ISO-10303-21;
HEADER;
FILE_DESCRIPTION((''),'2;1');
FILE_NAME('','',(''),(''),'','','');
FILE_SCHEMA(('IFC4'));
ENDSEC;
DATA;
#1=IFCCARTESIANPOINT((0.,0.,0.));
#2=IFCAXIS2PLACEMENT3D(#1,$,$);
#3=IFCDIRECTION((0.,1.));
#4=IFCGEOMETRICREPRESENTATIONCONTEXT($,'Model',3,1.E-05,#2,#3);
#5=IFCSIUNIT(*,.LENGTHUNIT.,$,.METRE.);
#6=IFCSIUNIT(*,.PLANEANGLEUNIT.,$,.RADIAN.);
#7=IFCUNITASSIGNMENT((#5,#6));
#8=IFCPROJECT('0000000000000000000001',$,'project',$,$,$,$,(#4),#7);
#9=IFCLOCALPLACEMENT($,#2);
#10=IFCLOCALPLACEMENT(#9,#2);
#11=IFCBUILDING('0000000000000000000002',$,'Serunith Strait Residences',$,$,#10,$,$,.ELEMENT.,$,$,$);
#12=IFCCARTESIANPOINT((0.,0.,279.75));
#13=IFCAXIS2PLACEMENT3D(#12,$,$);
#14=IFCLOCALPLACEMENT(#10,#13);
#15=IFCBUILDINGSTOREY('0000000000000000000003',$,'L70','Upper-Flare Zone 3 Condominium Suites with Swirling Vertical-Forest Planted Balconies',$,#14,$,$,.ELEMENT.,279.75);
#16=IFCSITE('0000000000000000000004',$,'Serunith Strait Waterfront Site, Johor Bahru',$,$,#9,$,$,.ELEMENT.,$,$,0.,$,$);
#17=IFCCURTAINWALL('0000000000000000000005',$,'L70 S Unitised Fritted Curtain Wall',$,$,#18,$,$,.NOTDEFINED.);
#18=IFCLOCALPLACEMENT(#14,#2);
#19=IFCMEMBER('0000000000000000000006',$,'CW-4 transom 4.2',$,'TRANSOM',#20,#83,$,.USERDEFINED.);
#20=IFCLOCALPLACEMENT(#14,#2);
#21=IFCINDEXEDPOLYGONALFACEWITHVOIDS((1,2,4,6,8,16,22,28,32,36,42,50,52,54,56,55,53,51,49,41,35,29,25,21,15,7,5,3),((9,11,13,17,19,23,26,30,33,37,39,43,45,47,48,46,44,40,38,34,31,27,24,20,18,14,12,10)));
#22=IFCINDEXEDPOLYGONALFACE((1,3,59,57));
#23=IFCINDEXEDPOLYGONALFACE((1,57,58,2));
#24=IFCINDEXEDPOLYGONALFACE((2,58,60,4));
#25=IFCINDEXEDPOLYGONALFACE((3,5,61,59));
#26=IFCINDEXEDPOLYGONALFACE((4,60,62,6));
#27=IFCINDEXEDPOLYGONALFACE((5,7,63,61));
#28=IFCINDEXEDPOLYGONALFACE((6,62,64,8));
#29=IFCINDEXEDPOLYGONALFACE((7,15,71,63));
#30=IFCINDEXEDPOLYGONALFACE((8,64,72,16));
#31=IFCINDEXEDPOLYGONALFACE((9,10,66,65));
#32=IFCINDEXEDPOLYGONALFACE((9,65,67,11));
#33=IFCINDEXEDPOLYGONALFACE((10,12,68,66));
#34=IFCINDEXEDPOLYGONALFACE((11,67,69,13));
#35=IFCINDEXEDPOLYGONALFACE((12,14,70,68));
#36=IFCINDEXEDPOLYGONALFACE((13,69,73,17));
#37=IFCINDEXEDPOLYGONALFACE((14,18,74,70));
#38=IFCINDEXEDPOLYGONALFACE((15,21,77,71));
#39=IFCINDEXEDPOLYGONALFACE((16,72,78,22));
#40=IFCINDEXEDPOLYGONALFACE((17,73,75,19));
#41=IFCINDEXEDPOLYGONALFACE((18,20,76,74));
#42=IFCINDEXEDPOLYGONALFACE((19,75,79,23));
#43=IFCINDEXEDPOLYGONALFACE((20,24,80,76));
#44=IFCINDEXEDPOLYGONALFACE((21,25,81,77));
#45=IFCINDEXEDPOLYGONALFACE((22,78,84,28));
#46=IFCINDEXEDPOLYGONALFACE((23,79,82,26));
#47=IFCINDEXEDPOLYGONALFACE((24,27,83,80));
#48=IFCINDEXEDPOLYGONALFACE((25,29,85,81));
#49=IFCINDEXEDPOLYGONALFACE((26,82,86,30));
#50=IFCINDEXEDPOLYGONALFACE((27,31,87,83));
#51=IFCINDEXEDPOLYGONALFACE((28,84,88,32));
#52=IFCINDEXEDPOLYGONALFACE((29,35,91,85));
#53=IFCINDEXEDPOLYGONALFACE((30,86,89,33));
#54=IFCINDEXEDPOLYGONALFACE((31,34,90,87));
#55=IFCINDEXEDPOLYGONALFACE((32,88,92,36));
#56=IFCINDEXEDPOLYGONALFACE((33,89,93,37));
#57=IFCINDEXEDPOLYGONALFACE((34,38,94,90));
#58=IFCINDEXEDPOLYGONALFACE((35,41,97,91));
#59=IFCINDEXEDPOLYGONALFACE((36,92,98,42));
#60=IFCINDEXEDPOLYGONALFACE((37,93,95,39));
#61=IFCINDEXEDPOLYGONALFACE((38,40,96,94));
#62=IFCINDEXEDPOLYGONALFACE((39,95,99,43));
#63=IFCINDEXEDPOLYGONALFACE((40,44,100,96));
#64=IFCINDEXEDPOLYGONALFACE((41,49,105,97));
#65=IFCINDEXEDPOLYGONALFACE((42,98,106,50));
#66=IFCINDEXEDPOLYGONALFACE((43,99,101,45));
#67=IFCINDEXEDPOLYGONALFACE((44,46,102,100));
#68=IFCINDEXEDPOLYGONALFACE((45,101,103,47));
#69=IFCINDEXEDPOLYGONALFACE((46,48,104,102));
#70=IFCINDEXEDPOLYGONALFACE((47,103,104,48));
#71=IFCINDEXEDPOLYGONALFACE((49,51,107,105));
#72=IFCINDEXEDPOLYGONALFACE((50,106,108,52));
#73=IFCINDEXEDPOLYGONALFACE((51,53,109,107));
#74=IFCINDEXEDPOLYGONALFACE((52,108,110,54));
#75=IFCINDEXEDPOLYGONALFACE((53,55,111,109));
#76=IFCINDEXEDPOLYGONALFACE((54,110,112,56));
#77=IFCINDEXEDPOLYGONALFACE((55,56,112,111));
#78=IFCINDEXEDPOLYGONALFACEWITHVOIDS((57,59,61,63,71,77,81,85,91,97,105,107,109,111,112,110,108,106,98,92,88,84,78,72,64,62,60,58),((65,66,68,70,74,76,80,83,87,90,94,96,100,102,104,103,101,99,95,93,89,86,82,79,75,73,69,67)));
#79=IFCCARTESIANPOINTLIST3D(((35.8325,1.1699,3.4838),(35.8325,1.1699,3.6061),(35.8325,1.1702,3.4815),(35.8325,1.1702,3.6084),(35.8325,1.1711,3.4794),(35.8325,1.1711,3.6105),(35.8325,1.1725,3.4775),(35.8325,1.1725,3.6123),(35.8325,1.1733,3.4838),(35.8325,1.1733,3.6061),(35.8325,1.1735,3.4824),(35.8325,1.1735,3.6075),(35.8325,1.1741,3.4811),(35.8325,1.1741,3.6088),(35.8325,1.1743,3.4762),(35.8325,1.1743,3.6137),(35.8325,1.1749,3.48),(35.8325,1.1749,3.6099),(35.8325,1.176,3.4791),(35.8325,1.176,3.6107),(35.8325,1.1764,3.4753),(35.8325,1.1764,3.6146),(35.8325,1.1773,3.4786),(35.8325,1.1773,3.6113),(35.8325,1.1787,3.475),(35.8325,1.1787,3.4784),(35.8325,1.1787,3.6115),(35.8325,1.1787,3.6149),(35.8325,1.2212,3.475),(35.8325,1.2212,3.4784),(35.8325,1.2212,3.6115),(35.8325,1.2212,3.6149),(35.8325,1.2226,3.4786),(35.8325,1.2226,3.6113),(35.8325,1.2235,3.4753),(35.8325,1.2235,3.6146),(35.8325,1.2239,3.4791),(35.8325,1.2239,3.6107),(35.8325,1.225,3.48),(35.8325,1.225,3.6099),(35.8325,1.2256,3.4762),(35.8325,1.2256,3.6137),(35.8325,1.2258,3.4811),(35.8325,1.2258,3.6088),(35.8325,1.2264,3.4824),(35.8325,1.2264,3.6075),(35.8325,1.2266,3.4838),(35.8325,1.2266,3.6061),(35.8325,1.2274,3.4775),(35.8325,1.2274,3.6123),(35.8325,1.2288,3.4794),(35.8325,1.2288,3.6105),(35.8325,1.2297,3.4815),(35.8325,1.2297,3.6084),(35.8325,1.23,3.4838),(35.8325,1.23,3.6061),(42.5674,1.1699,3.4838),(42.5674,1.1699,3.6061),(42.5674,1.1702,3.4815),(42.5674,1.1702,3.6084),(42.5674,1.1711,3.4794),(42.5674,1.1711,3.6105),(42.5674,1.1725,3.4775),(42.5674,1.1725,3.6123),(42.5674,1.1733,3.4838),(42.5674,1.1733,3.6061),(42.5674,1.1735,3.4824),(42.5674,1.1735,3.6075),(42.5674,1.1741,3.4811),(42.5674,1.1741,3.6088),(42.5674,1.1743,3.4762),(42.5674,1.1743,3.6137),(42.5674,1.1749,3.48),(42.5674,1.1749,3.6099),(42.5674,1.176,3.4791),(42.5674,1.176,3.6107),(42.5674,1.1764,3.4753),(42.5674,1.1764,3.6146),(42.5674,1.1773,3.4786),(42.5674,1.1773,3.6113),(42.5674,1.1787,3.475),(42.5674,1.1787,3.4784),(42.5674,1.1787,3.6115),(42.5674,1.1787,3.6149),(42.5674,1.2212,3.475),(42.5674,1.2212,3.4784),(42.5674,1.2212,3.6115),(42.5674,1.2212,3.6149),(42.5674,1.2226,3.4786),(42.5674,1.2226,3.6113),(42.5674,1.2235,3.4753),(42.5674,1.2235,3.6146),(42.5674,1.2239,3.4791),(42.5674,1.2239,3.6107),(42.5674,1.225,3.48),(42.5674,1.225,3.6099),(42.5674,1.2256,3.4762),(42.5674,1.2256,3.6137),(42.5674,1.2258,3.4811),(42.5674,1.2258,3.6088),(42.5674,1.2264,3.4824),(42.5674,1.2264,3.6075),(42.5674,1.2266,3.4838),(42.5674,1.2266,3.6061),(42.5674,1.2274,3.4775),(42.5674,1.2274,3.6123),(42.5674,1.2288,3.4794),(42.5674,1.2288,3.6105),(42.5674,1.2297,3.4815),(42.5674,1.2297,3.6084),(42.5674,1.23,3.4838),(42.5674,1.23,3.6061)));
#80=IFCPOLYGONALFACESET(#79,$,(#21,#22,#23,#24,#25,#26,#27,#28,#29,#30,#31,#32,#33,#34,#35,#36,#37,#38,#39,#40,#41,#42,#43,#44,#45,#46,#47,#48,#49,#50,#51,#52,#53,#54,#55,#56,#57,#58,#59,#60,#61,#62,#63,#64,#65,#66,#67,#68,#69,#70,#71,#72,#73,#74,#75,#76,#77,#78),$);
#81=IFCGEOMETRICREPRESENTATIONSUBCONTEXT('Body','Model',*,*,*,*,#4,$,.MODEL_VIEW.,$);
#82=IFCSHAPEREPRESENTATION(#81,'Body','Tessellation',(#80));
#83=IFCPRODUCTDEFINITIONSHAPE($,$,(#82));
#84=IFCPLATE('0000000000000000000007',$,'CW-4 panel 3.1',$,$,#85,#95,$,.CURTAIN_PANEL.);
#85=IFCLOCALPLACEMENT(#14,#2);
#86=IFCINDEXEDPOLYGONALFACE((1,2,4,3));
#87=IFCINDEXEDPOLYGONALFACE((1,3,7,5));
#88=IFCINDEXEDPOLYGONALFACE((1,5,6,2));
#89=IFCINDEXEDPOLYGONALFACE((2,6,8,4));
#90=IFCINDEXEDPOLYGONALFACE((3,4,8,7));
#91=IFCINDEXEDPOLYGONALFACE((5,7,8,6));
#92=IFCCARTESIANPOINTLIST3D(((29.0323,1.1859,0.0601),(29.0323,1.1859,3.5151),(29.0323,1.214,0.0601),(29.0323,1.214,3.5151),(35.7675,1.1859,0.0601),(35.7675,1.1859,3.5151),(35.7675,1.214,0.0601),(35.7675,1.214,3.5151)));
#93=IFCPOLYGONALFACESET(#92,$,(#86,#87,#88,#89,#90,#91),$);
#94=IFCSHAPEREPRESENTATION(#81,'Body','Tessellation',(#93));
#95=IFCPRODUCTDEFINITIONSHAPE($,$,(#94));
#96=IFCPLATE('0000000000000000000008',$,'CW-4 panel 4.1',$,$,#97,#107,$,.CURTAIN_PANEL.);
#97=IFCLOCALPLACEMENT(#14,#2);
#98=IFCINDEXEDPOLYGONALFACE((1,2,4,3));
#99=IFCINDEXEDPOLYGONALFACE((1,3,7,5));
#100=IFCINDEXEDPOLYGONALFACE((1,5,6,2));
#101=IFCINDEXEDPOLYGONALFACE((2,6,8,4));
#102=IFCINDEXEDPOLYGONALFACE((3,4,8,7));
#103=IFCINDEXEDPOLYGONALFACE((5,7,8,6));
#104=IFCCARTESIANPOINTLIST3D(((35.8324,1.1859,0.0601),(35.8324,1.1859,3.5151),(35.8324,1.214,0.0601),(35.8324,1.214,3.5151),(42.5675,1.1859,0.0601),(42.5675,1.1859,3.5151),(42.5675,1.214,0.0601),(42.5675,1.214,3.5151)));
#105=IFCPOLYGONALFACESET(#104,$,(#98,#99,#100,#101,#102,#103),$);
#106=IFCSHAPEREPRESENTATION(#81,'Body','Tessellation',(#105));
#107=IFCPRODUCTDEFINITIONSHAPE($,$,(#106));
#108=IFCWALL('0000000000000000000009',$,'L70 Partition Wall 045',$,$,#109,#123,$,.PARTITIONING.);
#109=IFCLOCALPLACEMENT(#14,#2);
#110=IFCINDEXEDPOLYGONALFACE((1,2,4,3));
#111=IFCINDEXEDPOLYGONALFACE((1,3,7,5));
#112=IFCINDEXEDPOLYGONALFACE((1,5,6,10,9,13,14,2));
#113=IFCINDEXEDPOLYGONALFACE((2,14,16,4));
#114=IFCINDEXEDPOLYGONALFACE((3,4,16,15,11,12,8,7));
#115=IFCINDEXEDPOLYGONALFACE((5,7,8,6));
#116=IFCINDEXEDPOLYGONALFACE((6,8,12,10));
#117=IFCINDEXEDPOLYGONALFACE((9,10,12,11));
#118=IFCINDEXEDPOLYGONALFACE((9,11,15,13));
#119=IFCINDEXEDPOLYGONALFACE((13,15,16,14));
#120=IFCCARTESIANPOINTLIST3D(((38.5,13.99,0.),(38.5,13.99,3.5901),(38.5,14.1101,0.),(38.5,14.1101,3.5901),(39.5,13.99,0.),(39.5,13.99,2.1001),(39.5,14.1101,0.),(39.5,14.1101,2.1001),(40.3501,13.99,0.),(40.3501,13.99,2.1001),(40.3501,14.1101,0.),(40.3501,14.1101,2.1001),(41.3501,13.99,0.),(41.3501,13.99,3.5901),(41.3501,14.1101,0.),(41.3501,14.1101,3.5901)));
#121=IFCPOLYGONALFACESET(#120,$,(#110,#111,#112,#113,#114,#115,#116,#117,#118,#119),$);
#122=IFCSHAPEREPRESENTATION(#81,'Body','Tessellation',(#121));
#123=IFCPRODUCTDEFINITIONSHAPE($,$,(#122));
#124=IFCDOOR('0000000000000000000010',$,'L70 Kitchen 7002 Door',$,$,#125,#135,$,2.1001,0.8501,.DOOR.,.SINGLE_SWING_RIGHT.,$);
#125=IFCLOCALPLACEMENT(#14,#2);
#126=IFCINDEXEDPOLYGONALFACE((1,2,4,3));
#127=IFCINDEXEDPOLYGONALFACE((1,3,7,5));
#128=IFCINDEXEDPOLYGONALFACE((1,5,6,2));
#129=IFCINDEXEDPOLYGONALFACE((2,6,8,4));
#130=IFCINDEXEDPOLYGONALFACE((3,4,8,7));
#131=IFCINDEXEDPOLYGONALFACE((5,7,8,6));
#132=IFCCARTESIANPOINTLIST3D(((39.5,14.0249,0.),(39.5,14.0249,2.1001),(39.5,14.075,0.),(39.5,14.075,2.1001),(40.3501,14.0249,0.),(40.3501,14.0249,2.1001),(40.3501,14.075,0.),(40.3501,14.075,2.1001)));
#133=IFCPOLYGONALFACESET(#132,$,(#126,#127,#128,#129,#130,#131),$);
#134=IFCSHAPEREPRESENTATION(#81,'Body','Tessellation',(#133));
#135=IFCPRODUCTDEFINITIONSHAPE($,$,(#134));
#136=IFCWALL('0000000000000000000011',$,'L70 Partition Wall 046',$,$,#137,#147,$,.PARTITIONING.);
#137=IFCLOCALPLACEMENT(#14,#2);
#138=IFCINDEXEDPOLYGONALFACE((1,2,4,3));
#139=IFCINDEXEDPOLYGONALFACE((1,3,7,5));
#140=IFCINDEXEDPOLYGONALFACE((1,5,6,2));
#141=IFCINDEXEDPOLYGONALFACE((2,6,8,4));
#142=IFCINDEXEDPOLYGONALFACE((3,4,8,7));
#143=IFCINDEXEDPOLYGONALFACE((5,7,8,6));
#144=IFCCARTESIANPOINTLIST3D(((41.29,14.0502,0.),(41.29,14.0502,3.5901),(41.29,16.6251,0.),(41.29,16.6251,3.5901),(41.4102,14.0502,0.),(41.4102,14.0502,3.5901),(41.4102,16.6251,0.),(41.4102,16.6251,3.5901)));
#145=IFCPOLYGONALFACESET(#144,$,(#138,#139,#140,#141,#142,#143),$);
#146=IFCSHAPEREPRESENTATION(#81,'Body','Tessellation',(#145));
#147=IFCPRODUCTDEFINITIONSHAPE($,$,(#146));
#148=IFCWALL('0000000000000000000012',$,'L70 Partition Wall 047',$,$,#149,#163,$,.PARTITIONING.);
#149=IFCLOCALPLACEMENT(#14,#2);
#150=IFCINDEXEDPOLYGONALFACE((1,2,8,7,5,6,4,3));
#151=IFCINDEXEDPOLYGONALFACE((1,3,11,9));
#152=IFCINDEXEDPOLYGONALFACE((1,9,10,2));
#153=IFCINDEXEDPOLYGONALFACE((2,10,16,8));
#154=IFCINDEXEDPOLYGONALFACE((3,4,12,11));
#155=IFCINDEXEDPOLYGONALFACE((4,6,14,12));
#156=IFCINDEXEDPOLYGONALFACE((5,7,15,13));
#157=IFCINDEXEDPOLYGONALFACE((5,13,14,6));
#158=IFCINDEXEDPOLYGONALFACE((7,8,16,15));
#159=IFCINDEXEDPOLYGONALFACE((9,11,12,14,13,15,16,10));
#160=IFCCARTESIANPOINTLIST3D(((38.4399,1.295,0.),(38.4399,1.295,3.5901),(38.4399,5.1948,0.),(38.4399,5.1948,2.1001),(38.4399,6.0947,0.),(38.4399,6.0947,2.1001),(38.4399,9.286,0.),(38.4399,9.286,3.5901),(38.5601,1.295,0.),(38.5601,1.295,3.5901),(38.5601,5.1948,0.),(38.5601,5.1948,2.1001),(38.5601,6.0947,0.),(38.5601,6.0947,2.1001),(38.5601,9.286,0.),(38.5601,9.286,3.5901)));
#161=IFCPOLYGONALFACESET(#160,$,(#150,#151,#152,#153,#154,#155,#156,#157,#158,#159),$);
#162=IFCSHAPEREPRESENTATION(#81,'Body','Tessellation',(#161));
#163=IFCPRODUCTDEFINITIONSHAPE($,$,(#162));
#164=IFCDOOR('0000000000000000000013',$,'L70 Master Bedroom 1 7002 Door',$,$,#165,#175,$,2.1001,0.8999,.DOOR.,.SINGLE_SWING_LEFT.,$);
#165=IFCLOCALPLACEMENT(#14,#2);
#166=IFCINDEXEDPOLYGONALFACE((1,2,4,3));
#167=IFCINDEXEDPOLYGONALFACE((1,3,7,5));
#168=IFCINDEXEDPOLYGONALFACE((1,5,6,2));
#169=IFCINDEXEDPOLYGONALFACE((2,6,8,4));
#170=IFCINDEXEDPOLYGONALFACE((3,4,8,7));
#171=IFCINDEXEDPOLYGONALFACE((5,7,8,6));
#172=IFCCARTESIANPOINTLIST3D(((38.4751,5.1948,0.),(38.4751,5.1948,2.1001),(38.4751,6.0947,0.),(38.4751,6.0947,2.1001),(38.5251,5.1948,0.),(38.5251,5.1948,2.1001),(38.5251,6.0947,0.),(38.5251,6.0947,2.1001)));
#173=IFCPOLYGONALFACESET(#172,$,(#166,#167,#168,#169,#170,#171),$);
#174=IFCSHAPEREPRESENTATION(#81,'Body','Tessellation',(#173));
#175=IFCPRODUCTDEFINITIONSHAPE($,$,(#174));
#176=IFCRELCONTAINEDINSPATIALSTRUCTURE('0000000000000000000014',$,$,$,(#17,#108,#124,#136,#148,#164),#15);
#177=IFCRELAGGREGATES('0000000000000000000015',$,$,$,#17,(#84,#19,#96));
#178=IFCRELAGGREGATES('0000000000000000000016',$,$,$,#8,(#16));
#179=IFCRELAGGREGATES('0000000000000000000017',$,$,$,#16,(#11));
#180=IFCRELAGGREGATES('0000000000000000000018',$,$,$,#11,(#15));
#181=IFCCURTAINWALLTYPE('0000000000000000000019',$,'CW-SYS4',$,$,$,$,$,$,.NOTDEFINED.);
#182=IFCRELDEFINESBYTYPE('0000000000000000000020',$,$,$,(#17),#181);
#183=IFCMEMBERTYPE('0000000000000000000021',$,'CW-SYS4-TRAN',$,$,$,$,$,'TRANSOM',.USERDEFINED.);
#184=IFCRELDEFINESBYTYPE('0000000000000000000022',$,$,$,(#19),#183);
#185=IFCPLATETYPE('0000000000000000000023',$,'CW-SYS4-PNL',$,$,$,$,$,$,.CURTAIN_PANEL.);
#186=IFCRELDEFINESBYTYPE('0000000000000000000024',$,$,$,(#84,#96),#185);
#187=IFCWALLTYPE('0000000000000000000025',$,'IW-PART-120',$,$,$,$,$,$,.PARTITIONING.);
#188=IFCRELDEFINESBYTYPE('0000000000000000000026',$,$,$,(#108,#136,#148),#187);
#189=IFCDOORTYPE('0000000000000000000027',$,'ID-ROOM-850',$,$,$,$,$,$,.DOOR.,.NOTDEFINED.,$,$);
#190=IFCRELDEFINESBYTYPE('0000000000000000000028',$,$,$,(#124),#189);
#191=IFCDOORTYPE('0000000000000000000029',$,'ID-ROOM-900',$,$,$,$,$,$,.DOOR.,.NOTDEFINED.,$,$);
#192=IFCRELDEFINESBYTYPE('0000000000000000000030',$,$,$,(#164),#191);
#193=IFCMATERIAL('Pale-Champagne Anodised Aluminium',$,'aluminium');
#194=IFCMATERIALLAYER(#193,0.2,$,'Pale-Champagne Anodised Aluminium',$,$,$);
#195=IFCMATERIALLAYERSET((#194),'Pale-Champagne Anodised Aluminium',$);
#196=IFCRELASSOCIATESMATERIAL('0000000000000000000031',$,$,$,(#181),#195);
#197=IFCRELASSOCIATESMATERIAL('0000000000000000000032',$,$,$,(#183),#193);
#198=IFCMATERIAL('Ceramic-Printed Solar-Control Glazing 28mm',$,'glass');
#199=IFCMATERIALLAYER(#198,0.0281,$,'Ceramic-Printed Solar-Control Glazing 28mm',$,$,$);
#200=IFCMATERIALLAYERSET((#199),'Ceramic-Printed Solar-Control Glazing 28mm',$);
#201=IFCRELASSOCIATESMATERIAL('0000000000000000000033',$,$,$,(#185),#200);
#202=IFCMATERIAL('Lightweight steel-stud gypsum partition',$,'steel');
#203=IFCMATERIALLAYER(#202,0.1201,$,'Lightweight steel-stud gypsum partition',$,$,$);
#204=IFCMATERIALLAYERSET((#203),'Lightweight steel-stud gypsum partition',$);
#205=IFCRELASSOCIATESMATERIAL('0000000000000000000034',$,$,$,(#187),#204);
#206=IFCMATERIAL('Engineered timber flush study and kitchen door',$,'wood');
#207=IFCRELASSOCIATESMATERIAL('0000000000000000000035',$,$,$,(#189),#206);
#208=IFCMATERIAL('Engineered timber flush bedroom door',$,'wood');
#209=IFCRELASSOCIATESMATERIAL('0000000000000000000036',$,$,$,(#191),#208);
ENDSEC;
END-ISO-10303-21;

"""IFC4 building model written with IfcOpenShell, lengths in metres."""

from ifc_helpers import new_model, si_unit, direction, frame, frame_2d, origin, origin_2d, place, context, subcontext, project, spatial, rectangle, hollow_rectangle, extrude, source, transform, mapped, material, layer, layer_set, material_profile, profile_set, type_object, element, fill, aggregate, save


model = new_model("IFC4")

# Units and contexts
model_context = context("Model", 3, precision=1e-05, world=origin(), true_north=direction((0.0, 1.0)))
body_context = subcontext(model_context, "Body", "Model", "MODEL_VIEW")
ifc_project = project(units=[si_unit("LENGTHUNIT", "METRE"), si_unit("PLANEANGLEUNIT", "RADIAN")], contexts=[model_context])

# Site, building, storey
site_placement = place(None, origin())
site = spatial("IfcSite", under=ifc_project, at=site_placement, Name="Serunith Strait Waterfront Site, Johor Bahru", CompositionType="ELEMENT", RefElevation=0.0)
building_placement = place(site_placement, origin())
building = spatial("IfcBuilding", under=site, at=building_placement, Name="Serunith Strait Residences", CompositionType="ELEMENT")
storey_placement = place(building_placement, frame((0.0, 0.0, 279.75)))
storey = spatial("IfcBuildingStorey", under=building, at=storey_placement, Name="L70", Description="Upper-Flare Zone 3 Condominium Suites with Swirling Vertical-Forest Planted Balconies", CompositionType="ELEMENT", Elevation=279.75)

# Curtain wall, member, plates
ifc_material_1 = material(Name="Pale-Champagne Anodised Aluminium", Category="aluminium")
ifc_layer_1 = layer(ifc_material_1, 0.2, Name="Pale-Champagne Anodised Aluminium")
ifc_layer_set_1 = layer_set([ifc_layer_1], Name="Pale-Champagne Anodised Aluminium")
curtain_wall_type = type_object("IfcCurtainWallType", Name="CW-SYS4", PredefinedType="NOTDEFINED", material=ifc_layer_set_1)
curtain_wall_placement = place(storey_placement, origin())
curtain_wall = element("IfcCurtainWall", 1, at=curtain_wall_placement, inside=storey, type_object=curtain_wall_type, Name="L70 S Unitised Fritted Curtain Wall", PredefinedType="NOTDEFINED")
ifc_material_profile_1 = material_profile(ifc_material_1, hollow_rectangle(XDim=0.0601, YDim=0.1399, WallThickness=0.0034, InnerFilletRadius=0.0054, OuterFilletRadius=0.0088, at=origin_2d()), Name="ALU 140x60x3.5")
ifc_profile_set_1 = profile_set([ifc_material_profile_1], Name="Pale-Champagne Anodised Aluminium")
member_type_1 = type_object("IfcMemberType", Name="CW-SYS4-TRAN", ElementType="TRANSOM", PredefinedType="USERDEFINED", material=ifc_profile_set_1)
shared_shape_1 = source(origin(), body_context, "Body", "SweptSolid", [
    extrude(hollow_rectangle(XDim=0.0601, YDim=0.1399, WallThickness=0.0034, InnerFilletRadius=0.0054, OuterFilletRadius=0.0088, at=origin_2d()), origin(), (0.0, 0.0, 1.0), 6.7349),
])
member_1_placement = place(storey_placement, frame((35.8325, 1.2, 3.5449), z_axis=(1.0, 0.0, 0.0), x_axis=(0.0, 1.0, 0.0)))
member_1 = element("IfcMember", 2, at=member_1_placement, type_object=member_type_1, Name="CW-4 transom 4.2", ObjectType="TRANSOM", PredefinedType="USERDEFINED", context=body_context, shape_type="MappedRepresentation", body=[
    mapped(shared_shape_1, transform((0.0, 0.0, 0.0), scale=1.0)),
])
ifc_material_2 = material(Name="Ceramic-Printed Solar-Control Glazing 28mm", Category="glass")
ifc_layer_2 = layer(ifc_material_2, 0.0281, Name="Ceramic-Printed Solar-Control Glazing 28mm")
ifc_layer_set_2 = layer_set([ifc_layer_2], Name="Ceramic-Printed Solar-Control Glazing 28mm")
plate_type = type_object("IfcPlateType", Name="CW-SYS4-PNL", PredefinedType="CURTAIN_PANEL", material=ifc_layer_set_2)
shared_shape_2 = source(origin(), body_context, "Body", "SweptSolid", [
    extrude(rectangle(XDim=6.7351, YDim=0.0281, at=origin_2d()), origin(), (0.0, 0.0, 1.0), 3.4551),
])
plate_1_placement = place(storey_placement, frame((32.3999, 1.2, 0.0601), z_axis=(0.0, 0.0, 1.0), x_axis=(1.0, 0.0, 0.0)))
plate_1 = element("IfcPlate", 3, at=plate_1_placement, type_object=plate_type, Name="CW-4 panel 3.1", PredefinedType="CURTAIN_PANEL", context=body_context, shape_type="MappedRepresentation", body=[
    mapped(shared_shape_2, transform((0.0, 0.0, 0.0), scale=1.0)),
])
plate_2_placement = place(storey_placement, frame((39.2, 1.2, 0.0601), z_axis=(0.0, 0.0, 1.0), x_axis=(1.0, 0.0, 0.0)))
plate_2 = element("IfcPlate", 4, at=plate_2_placement, type_object=plate_type, Name="CW-4 panel 4.1", PredefinedType="CURTAIN_PANEL", context=body_context, shape_type="MappedRepresentation", body=[
    mapped(shared_shape_2, transform((0.0, 0.0, 0.0), scale=1.0)),
])
aggregate(curtain_wall, [plate_1, member_1, plate_2])

# Wall, opening, door
ifc_material_3 = material(Name="Lightweight steel-stud gypsum partition", Category="steel")
ifc_layer_3 = layer(ifc_material_3, 0.1201, Name="Lightweight steel-stud gypsum partition")
ifc_layer_set_3 = layer_set([ifc_layer_3], Name="Lightweight steel-stud gypsum partition")
wall_type_1 = type_object("IfcWallType", Name="IW-PART-120", PredefinedType="PARTITIONING", material=ifc_layer_set_3)
wall_1_placement = place(storey_placement, frame((38.5, 14.05, 0.0), z_axis=(0.0, 0.0, 1.0), x_axis=(1.0, 0.0, 0.0)))
wall_1 = element("IfcWall", 5, at=wall_1_placement, inside=storey, type_object=wall_type_1, Name="L70 Partition Wall 045", PredefinedType="PARTITIONING", context=body_context, shape_type="SweptSolid", body=[
    extrude(rectangle(XDim=2.8501, YDim=0.1201, at=frame_2d((1.425, 0.0))), origin(), (0.0, 0.0, 1.0), 3.5901),
])
opening_1_placement = place(wall_1_placement, frame((1.0, 0.0, 0.0)))
opening_1 = element("IfcOpeningElement", 6, at=opening_1_placement, cuts=wall_1, PredefinedType="OPENING", context=body_context, shape_type="SweptSolid", body=[
    extrude(rectangle(XDim=0.8501, YDim=2.1001, at=frame_2d((0.425, 1.05))), frame((0.0, 0.0701, 0.0), z_axis=(0.0, -1.0, 0.0), x_axis=(1.0, 0.0, 0.0)), (0.0, 0.0, 1.0), 0.1401),
])
ifc_material_4 = material(Name="Engineered timber flush study and kitchen door", Category="wood")
door_type_1 = type_object("IfcDoorType", Name="ID-ROOM-850", OperationType="NOTDEFINED", PredefinedType="DOOR", material=ifc_material_4)
shared_shape_3 = source(origin(), body_context, "Body", "SweptSolid", [
    extrude(rectangle(XDim=0.8501, YDim=2.1001, at=frame_2d((0.425, 1.05))), frame((0.0, 0.0249, 0.0), z_axis=(0.0, -1.0, 0.0), x_axis=(1.0, 0.0, 0.0)), (0.0, 0.0, 1.0), 0.05),
])
door_1_placement = place(opening_1_placement, origin())
door_1 = element("IfcDoor", 7, at=door_1_placement, inside=storey, type_object=door_type_1, Name="L70 Kitchen 7002 Door", OperationType="SINGLE_SWING_RIGHT", OverallHeight=2.1001, OverallWidth=0.8501, PredefinedType="DOOR", context=body_context, shape_type="MappedRepresentation", body=[
    mapped(shared_shape_3, transform((0.0, 0.0, 0.0), scale=1.0)),
])
fill(opening_1, door_1)

# Wall
wall_2_placement = place(storey_placement, frame((41.3501, 14.05, 0.0), z_axis=(0.0, 0.0, 1.0), x_axis=(0.0, 1.0, 0.0)))
element("IfcWall", 8, at=wall_2_placement, inside=storey, type_object=wall_type_1, Name="L70 Partition Wall 046", PredefinedType="PARTITIONING", context=body_context, shape_type="SweptSolid", body=[
    extrude(rectangle(XDim=2.575, YDim=0.1201, at=frame_2d((1.2876, 0.0))), origin(), (0.0, 0.0, 1.0), 3.5901),
])

# Wall, opening, door
wall_3_placement = place(storey_placement, frame((38.5, 1.2949, 0.0), z_axis=(0.0, 0.0, 1.0), x_axis=(0.0, 1.0, 0.0)))
wall_3 = element("IfcWall", 9, at=wall_3_placement, inside=storey, type_object=wall_type_1, Name="L70 Partition Wall 047", PredefinedType="PARTITIONING", context=body_context, shape_type="SweptSolid", body=[
    extrude(rectangle(XDim=7.991, YDim=0.1201, at=frame_2d((3.9956, 0.0))), origin(), (0.0, 0.0, 1.0), 3.5901),
])
opening_2_placement = place(wall_3_placement, frame((3.8999, 0.0, 0.0)))
opening_2 = element("IfcOpeningElement", 10, at=opening_2_placement, cuts=wall_3, PredefinedType="OPENING", context=body_context, shape_type="SweptSolid", body=[
    extrude(rectangle(XDim=0.8999, YDim=2.1001, at=frame_2d((0.45, 1.05))), frame((0.0, 0.0701, 0.0), z_axis=(0.0, -1.0, 0.0), x_axis=(1.0, 0.0, 0.0)), (0.0, 0.0, 1.0), 0.1401),
])
ifc_material_5 = material(Name="Engineered timber flush bedroom door", Category="wood")
door_type_2 = type_object("IfcDoorType", Name="ID-ROOM-900", OperationType="NOTDEFINED", PredefinedType="DOOR", material=ifc_material_5)
shared_shape_4 = source(origin(), body_context, "Body", "SweptSolid", [
    extrude(rectangle(XDim=0.8999, YDim=2.1001, at=frame_2d((0.45, 1.05))), frame((0.0, 0.0249, 0.0), z_axis=(0.0, -1.0, 0.0), x_axis=(1.0, 0.0, 0.0)), (0.0, 0.0, 1.0), 0.05),
])
door_2_placement = place(opening_2_placement, origin())
door_2 = element("IfcDoor", 11, at=door_2_placement, inside=storey, type_object=door_type_2, Name="L70 Master Bedroom 1 7002 Door", OperationType="SINGLE_SWING_LEFT", OverallHeight=2.1001, OverallWidth=0.8999, PredefinedType="DOOR", context=body_context, shape_type="MappedRepresentation", body=[
    mapped(shared_shape_4, transform((0.0, 0.0, 0.0), scale=1.0)),
])
fill(opening_2, door_2)

save(model, "model.ifc")
